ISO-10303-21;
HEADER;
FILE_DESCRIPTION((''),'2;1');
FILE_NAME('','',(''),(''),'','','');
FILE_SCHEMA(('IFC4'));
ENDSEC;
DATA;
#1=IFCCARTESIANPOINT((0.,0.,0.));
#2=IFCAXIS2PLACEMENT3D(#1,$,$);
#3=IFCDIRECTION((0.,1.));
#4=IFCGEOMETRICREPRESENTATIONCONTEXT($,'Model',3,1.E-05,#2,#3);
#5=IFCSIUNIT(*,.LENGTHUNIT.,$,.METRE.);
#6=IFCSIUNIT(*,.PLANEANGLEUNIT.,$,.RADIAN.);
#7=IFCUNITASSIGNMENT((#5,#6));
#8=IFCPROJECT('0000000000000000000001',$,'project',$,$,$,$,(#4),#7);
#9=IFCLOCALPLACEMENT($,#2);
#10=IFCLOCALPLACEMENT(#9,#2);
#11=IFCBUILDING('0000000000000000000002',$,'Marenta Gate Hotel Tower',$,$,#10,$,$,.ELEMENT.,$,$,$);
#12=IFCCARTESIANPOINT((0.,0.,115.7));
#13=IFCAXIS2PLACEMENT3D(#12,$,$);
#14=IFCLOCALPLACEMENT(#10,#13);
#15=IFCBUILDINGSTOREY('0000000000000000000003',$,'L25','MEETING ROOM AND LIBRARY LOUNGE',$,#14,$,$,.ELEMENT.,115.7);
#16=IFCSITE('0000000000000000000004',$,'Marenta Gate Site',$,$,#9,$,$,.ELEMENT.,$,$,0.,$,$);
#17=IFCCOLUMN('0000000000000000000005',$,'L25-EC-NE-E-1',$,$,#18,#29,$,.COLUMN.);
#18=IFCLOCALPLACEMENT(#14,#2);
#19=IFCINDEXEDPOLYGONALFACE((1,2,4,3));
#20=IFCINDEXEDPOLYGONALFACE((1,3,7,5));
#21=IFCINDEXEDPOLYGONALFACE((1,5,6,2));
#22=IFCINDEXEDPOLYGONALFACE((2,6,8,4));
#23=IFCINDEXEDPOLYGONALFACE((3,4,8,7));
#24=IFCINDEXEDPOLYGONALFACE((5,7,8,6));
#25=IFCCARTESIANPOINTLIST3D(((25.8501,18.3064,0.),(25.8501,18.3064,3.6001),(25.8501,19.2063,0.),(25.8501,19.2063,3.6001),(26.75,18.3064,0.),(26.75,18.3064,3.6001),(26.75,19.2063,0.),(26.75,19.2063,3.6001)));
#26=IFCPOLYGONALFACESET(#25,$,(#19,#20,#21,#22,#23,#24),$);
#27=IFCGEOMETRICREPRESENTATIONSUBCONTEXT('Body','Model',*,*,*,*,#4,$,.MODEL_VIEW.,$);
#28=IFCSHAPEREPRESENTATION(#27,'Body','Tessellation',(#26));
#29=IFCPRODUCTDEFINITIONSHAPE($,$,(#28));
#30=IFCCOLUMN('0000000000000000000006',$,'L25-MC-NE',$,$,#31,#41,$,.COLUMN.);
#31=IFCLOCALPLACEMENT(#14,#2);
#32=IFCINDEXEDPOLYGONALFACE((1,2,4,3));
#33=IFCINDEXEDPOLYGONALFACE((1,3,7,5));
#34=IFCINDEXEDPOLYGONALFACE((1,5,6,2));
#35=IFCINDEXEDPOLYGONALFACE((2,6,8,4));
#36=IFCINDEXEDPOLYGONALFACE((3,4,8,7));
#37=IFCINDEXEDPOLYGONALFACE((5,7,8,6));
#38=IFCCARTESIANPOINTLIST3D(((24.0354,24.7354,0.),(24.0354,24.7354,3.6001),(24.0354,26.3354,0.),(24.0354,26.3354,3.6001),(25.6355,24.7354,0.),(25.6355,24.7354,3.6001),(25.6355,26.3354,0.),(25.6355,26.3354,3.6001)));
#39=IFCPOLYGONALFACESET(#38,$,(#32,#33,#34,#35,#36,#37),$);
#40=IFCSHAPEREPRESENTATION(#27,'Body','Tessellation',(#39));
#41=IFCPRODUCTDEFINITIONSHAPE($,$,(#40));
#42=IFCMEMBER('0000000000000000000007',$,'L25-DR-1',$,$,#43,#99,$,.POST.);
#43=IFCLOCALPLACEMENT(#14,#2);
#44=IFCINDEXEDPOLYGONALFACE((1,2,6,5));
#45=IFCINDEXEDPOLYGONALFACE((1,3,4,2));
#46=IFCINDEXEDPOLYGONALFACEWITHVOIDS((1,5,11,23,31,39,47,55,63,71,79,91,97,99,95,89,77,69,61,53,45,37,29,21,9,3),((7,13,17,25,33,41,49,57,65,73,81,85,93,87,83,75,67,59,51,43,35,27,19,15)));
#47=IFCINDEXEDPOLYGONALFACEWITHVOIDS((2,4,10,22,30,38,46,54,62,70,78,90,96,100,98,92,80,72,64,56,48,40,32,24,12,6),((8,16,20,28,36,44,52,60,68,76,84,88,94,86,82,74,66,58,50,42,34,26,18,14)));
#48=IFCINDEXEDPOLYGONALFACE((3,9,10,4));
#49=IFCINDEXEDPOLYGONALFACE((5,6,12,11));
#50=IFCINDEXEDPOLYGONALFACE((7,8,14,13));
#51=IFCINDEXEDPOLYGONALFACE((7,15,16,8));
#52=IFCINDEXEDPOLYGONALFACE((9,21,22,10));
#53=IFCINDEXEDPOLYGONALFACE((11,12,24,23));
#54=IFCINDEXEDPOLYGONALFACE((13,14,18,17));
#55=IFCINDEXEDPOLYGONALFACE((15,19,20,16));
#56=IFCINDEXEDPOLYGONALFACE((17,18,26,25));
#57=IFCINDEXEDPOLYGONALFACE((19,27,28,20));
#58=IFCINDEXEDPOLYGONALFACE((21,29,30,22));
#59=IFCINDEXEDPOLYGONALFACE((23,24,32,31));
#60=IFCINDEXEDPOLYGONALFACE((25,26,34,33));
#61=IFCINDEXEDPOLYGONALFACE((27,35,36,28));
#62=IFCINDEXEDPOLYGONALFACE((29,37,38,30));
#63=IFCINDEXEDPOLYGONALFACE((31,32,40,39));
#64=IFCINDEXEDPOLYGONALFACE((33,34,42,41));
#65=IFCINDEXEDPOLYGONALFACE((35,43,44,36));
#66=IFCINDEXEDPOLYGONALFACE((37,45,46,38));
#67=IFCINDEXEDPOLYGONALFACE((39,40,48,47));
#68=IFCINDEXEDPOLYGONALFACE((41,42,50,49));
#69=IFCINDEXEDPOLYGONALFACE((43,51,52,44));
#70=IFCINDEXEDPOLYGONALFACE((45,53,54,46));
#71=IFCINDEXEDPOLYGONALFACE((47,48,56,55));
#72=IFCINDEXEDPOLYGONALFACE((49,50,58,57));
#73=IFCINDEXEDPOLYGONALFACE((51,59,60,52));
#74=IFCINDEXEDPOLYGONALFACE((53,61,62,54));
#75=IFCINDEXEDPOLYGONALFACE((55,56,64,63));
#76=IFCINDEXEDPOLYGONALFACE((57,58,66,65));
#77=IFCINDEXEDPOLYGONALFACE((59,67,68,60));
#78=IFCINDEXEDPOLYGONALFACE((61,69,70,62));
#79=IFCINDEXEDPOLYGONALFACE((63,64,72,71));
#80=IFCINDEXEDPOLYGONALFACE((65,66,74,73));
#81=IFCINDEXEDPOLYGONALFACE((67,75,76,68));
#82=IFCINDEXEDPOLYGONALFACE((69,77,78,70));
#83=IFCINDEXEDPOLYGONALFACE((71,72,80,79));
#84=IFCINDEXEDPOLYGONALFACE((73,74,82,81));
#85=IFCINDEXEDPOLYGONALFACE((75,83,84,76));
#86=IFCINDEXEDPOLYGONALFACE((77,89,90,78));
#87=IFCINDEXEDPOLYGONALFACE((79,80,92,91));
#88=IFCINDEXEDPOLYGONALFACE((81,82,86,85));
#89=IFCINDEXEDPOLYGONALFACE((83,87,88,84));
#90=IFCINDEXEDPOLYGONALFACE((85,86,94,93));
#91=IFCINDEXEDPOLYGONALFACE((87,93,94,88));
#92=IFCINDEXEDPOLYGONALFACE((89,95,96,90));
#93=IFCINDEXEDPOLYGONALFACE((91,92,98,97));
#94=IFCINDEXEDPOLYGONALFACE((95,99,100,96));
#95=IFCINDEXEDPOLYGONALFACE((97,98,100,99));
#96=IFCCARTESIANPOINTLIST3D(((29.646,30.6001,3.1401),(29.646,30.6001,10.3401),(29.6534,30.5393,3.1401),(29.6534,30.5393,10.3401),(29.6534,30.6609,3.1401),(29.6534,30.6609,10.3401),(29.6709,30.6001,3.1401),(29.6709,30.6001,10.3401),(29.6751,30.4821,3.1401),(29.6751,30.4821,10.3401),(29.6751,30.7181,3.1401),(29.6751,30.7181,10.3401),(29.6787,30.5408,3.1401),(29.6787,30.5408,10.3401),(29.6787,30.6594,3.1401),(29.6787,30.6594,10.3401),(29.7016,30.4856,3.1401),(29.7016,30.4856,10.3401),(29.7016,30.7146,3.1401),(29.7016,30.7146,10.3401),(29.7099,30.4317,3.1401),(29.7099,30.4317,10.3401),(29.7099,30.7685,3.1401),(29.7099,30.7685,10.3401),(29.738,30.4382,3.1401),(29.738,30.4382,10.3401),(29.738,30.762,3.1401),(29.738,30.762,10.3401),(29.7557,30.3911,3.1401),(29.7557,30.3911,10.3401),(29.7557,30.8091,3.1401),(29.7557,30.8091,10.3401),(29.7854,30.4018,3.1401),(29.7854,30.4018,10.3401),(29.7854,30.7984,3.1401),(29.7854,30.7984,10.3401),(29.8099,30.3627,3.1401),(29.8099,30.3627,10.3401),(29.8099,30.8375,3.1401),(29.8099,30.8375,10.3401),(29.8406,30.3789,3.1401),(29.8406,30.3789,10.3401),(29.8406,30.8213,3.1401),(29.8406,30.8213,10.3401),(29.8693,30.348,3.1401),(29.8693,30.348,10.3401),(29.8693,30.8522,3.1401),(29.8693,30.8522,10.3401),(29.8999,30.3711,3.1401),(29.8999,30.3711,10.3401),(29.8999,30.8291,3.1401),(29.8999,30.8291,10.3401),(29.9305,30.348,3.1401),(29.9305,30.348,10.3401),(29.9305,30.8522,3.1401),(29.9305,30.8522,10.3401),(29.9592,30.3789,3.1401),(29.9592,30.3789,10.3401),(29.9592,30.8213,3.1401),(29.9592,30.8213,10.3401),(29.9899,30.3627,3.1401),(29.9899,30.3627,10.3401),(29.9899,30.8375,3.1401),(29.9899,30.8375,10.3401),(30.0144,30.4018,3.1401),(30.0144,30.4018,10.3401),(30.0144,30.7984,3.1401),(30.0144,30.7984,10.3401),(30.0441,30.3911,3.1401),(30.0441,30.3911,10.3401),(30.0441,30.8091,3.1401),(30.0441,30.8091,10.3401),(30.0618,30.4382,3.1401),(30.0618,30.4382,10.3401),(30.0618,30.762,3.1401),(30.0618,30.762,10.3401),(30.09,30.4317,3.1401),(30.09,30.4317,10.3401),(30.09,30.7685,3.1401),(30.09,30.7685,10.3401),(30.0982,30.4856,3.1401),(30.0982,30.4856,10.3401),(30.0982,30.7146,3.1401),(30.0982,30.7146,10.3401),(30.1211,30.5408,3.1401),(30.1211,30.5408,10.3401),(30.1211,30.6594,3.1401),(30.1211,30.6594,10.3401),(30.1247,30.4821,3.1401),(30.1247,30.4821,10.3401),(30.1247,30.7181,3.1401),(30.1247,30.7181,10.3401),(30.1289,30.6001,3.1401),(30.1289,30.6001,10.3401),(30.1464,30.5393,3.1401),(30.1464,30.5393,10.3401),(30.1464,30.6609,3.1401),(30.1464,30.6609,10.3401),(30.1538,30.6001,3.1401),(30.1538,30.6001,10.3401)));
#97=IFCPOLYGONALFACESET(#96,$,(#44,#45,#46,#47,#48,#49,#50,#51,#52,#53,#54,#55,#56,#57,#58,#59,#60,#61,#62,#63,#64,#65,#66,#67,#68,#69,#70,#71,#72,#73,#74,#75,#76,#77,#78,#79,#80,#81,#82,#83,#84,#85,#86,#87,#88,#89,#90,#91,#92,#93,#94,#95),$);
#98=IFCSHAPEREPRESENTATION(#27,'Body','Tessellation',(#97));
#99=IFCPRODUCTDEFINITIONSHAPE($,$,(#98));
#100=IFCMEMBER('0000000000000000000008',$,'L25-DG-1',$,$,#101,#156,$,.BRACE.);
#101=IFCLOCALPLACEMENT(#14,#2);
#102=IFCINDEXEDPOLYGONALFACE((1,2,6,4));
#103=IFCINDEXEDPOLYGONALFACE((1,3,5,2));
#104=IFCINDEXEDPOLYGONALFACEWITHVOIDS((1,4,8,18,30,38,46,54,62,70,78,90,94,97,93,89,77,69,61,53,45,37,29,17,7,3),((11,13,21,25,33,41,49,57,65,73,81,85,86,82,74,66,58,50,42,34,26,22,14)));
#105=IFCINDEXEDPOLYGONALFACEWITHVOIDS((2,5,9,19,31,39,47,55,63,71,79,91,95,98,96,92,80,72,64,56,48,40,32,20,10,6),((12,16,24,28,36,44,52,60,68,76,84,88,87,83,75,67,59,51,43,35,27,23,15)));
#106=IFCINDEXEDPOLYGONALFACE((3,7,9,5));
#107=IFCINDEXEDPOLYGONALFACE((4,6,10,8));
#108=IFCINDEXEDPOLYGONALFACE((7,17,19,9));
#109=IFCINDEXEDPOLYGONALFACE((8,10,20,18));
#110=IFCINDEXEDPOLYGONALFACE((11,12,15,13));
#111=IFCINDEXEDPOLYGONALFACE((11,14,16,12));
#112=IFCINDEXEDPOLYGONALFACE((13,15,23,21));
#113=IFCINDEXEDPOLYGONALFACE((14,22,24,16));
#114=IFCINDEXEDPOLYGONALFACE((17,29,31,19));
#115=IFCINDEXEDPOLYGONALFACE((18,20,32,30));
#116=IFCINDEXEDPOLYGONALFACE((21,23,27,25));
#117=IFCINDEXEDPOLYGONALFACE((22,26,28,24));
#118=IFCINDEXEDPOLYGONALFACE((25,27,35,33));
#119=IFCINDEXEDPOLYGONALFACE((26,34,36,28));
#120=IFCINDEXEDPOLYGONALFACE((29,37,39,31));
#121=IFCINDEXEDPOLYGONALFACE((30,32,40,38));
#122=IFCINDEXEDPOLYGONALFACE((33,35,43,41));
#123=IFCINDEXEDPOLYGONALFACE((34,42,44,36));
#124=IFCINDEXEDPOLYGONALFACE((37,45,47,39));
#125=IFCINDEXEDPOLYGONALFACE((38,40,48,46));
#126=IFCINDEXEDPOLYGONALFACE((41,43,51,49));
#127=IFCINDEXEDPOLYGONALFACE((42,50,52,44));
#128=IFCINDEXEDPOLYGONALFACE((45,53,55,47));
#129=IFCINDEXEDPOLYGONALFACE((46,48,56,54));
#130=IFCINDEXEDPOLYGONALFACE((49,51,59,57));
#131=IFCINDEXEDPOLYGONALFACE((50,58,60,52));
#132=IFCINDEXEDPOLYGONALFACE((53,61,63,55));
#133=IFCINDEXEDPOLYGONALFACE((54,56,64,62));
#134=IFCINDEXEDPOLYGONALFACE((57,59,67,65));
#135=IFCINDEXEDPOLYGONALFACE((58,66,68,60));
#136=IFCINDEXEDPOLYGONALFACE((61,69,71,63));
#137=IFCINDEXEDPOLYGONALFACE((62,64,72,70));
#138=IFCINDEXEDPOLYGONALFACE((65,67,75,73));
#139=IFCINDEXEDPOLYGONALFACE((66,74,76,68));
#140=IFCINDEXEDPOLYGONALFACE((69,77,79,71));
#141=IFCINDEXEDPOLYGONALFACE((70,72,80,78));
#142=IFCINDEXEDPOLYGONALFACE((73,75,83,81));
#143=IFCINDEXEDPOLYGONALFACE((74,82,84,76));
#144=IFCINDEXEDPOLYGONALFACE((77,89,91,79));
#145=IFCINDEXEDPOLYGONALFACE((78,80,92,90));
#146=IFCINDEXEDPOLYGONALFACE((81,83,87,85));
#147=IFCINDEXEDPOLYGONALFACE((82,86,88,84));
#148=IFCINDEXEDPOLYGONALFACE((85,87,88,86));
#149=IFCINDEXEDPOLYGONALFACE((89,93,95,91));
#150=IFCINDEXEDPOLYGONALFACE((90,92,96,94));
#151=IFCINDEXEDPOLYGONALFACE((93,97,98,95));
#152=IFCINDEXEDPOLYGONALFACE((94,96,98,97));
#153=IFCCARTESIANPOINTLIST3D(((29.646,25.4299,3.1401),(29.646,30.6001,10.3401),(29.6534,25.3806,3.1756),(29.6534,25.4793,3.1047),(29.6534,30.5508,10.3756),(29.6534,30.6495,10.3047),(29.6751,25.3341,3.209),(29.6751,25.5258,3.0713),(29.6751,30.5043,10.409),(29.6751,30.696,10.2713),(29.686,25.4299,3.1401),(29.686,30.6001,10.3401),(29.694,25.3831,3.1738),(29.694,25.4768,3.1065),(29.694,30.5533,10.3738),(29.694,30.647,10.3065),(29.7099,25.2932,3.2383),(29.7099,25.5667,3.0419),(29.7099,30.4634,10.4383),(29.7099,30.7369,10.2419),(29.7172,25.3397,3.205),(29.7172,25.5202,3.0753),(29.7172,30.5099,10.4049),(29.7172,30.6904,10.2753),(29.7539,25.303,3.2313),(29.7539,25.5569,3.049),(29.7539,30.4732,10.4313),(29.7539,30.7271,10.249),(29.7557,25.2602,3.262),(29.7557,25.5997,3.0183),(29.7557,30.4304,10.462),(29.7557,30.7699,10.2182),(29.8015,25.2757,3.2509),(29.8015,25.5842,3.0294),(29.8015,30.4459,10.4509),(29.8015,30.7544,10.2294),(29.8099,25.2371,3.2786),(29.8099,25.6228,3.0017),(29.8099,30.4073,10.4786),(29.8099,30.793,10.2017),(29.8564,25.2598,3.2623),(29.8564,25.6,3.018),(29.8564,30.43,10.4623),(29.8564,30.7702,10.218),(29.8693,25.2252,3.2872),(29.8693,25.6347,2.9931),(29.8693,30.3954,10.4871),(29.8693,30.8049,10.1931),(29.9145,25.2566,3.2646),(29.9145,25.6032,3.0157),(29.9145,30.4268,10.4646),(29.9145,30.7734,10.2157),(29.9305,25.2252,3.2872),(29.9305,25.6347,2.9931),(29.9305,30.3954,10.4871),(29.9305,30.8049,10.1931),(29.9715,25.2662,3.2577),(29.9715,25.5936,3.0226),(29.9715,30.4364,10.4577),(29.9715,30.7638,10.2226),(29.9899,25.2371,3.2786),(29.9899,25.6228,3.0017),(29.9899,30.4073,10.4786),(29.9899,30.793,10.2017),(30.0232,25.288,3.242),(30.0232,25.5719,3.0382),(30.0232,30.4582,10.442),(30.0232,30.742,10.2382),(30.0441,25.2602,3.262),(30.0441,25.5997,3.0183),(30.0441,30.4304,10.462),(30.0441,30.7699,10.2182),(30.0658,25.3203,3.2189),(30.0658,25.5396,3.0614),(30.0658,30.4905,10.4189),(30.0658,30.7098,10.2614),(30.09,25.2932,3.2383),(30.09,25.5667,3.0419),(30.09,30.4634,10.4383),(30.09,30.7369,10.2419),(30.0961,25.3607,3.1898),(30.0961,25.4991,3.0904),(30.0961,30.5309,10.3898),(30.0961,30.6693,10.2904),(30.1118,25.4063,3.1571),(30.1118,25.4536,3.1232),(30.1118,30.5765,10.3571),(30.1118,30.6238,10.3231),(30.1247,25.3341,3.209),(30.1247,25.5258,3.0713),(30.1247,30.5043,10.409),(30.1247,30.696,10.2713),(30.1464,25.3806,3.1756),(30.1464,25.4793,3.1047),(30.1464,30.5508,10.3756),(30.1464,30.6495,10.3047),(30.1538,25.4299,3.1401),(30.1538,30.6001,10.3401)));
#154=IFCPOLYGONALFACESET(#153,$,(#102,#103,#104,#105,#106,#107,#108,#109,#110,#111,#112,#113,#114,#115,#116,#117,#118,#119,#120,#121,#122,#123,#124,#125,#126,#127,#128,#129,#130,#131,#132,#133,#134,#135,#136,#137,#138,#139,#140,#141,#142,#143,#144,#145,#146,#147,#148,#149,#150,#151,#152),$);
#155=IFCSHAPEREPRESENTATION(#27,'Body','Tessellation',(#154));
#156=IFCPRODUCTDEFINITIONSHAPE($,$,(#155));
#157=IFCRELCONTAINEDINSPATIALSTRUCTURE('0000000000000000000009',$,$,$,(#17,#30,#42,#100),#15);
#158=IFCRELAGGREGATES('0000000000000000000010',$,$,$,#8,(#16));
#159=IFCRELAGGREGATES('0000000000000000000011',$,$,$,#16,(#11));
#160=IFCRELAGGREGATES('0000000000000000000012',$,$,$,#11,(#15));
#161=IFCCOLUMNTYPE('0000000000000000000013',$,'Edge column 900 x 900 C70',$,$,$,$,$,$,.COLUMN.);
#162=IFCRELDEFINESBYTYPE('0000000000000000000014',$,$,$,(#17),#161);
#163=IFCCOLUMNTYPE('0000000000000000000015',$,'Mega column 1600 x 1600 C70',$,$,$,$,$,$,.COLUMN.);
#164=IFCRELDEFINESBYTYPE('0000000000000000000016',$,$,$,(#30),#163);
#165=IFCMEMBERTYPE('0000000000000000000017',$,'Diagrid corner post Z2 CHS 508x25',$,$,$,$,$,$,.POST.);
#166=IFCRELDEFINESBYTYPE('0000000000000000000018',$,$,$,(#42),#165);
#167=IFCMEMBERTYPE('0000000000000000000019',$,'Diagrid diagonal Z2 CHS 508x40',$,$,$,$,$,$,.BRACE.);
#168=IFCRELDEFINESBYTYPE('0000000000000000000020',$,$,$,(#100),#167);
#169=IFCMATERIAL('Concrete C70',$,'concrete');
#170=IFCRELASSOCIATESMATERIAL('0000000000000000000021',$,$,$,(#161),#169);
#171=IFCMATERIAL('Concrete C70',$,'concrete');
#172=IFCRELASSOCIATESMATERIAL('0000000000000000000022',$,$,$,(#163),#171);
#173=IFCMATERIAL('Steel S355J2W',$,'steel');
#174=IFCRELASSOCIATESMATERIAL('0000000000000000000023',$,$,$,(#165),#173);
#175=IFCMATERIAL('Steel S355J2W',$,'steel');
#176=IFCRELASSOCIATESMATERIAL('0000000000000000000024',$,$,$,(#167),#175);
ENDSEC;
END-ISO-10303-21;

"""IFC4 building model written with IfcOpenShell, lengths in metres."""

from ifc_helpers import new_model, si_unit, direction, frame, origin, origin_2d, place, context, subcontext, project, spatial, rectangle, hollow_circle, extrude, material, material_profile, profile_set, type_object, element, save


model = new_model("IFC4")

# Units and contexts
model_context = context("Model", 3, precision=1e-05, world=origin(), true_north=direction((0.0, 1.0)))
body_context = subcontext(model_context, "Body", "Model", "MODEL_VIEW")
ifc_project = project(units=[si_unit("LENGTHUNIT", "METRE"), si_unit("PLANEANGLEUNIT", "RADIAN")], contexts=[model_context])

# Site, building, storey
site_placement = place(None, origin())
site = spatial("IfcSite", under=ifc_project, at=site_placement, Name="Marenta Gate Site", CompositionType="ELEMENT", RefElevation=0.0)
building_placement = place(site_placement, origin())
building = spatial("IfcBuilding", under=site, at=building_placement, Name="Marenta Gate Hotel Tower", CompositionType="ELEMENT")
storey_placement = place(building_placement, frame((0.0, 0.0, 115.7)))
storey = spatial("IfcBuildingStorey", under=building, at=storey_placement, Name="L25", Description="MEETING ROOM AND LIBRARY LOUNGE", CompositionType="ELEMENT", Elevation=115.7)

# Columns
ifc_material_1 = material(Name="Concrete C70", Category="concrete")
ifc_material_profile_1 = material_profile(ifc_material_1, rectangle(XDim=0.8999, YDim=0.8999, at=origin_2d()), Name="900 x 900")
ifc_profile_set_1 = profile_set([ifc_material_profile_1], Name="Concrete C70")
column_type_1 = type_object("IfcColumnType", Name="Edge column 900 x 900 C70", PredefinedType="COLUMN", material=ifc_profile_set_1)
column_1_placement = place(storey_placement, frame((26.3, 18.7563, 0.0), z_axis=(0.0, 0.0, 1.0), x_axis=(1.0, 0.0, 0.0)))
element("IfcColumn", 1, at=column_1_placement, inside=storey, type_object=column_type_1, Name="L25-EC-NE-E-1", PredefinedType="COLUMN", context=body_context, shape_type="SweptSolid", body=[
    extrude(rectangle(XDim=0.8999, YDim=0.8999, at=origin_2d()), origin(), (0.0, 0.0, 1.0), 3.6001),
])
ifc_material_2 = material(Name="Concrete C70", Category="concrete")
ifc_material_profile_2 = material_profile(ifc_material_2, rectangle(XDim=1.6001, YDim=1.6001, at=origin_2d()), Name="1600 x 1600")
ifc_profile_set_2 = profile_set([ifc_material_profile_2], Name="Concrete C70")
column_type_2 = type_object("IfcColumnType", Name="Mega column 1600 x 1600 C70", PredefinedType="COLUMN", material=ifc_profile_set_2)
column_2_placement = place(storey_placement, frame((24.8354, 25.5354, 0.0), z_axis=(0.0, 0.0, 1.0), x_axis=(1.0, 0.0, 0.0)))
element("IfcColumn", 2, at=column_2_placement, inside=storey, type_object=column_type_2, Name="L25-MC-NE", PredefinedType="COLUMN", context=body_context, shape_type="SweptSolid", body=[
    extrude(rectangle(XDim=1.6001, YDim=1.6001, at=origin_2d()), origin(), (0.0, 0.0, 1.0), 3.6001),
])

# Members
ifc_material_3 = material(Name="Steel S355J2W", Category="steel")
ifc_material_profile_3 = material_profile(ifc_material_3, hollow_circle(Radius=0.2539, WallThickness=0.0249, at=origin_2d()), Name="CHS 508x25")
ifc_profile_set_3 = profile_set([ifc_material_profile_3], Name="Steel S355J2W")
member_type_1 = type_object("IfcMemberType", Name="Diagrid corner post Z2 CHS 508x25", PredefinedType="POST", material=ifc_profile_set_3)
member_1_placement = place(storey_placement, frame((29.8999, 30.6001, 3.1401), z_axis=(0.0, 0.0, 1.0), x_axis=(1.0, 0.0, 0.0)))
element("IfcMember", 3, at=member_1_placement, inside=storey, type_object=member_type_1, Name="L25-DR-1", PredefinedType="POST", context=body_context, shape_type="SweptSolid", body=[
    extrude(hollow_circle(Radius=0.2539, WallThickness=0.0249, at=origin_2d()), origin(), (0.0, 0.0, 1.0), 7.2),
])
ifc_material_4 = material(Name="Steel S355J2W", Category="steel")
ifc_material_profile_4 = material_profile(ifc_material_4, hollow_circle(Radius=0.2539, WallThickness=0.04, at=origin_2d()), Name="CHS 508x40")
ifc_profile_set_4 = profile_set([ifc_material_profile_4], Name="Steel S355J2W")
member_type_2 = type_object("IfcMemberType", Name="Diagrid diagonal Z2 CHS 508x40", PredefinedType="BRACE", material=ifc_profile_set_4)
member_2_placement = place(storey_placement, frame((29.8999, 25.4299, 3.1401), z_axis=(0.0, 0.583279, 0.812272), x_axis=(-1.0, 0.0, 0.0)))
element("IfcMember", 4, at=member_2_placement, inside=storey, type_object=member_type_2, Name="L25-DG-1", PredefinedType="BRACE", context=body_context, shape_type="SweptSolid", body=[
    extrude(hollow_circle(Radius=0.2539, WallThickness=0.04, at=origin_2d()), origin(), (0.0, 0.0, 1.0), 8.864),
])

save(model, "model.ifc")
